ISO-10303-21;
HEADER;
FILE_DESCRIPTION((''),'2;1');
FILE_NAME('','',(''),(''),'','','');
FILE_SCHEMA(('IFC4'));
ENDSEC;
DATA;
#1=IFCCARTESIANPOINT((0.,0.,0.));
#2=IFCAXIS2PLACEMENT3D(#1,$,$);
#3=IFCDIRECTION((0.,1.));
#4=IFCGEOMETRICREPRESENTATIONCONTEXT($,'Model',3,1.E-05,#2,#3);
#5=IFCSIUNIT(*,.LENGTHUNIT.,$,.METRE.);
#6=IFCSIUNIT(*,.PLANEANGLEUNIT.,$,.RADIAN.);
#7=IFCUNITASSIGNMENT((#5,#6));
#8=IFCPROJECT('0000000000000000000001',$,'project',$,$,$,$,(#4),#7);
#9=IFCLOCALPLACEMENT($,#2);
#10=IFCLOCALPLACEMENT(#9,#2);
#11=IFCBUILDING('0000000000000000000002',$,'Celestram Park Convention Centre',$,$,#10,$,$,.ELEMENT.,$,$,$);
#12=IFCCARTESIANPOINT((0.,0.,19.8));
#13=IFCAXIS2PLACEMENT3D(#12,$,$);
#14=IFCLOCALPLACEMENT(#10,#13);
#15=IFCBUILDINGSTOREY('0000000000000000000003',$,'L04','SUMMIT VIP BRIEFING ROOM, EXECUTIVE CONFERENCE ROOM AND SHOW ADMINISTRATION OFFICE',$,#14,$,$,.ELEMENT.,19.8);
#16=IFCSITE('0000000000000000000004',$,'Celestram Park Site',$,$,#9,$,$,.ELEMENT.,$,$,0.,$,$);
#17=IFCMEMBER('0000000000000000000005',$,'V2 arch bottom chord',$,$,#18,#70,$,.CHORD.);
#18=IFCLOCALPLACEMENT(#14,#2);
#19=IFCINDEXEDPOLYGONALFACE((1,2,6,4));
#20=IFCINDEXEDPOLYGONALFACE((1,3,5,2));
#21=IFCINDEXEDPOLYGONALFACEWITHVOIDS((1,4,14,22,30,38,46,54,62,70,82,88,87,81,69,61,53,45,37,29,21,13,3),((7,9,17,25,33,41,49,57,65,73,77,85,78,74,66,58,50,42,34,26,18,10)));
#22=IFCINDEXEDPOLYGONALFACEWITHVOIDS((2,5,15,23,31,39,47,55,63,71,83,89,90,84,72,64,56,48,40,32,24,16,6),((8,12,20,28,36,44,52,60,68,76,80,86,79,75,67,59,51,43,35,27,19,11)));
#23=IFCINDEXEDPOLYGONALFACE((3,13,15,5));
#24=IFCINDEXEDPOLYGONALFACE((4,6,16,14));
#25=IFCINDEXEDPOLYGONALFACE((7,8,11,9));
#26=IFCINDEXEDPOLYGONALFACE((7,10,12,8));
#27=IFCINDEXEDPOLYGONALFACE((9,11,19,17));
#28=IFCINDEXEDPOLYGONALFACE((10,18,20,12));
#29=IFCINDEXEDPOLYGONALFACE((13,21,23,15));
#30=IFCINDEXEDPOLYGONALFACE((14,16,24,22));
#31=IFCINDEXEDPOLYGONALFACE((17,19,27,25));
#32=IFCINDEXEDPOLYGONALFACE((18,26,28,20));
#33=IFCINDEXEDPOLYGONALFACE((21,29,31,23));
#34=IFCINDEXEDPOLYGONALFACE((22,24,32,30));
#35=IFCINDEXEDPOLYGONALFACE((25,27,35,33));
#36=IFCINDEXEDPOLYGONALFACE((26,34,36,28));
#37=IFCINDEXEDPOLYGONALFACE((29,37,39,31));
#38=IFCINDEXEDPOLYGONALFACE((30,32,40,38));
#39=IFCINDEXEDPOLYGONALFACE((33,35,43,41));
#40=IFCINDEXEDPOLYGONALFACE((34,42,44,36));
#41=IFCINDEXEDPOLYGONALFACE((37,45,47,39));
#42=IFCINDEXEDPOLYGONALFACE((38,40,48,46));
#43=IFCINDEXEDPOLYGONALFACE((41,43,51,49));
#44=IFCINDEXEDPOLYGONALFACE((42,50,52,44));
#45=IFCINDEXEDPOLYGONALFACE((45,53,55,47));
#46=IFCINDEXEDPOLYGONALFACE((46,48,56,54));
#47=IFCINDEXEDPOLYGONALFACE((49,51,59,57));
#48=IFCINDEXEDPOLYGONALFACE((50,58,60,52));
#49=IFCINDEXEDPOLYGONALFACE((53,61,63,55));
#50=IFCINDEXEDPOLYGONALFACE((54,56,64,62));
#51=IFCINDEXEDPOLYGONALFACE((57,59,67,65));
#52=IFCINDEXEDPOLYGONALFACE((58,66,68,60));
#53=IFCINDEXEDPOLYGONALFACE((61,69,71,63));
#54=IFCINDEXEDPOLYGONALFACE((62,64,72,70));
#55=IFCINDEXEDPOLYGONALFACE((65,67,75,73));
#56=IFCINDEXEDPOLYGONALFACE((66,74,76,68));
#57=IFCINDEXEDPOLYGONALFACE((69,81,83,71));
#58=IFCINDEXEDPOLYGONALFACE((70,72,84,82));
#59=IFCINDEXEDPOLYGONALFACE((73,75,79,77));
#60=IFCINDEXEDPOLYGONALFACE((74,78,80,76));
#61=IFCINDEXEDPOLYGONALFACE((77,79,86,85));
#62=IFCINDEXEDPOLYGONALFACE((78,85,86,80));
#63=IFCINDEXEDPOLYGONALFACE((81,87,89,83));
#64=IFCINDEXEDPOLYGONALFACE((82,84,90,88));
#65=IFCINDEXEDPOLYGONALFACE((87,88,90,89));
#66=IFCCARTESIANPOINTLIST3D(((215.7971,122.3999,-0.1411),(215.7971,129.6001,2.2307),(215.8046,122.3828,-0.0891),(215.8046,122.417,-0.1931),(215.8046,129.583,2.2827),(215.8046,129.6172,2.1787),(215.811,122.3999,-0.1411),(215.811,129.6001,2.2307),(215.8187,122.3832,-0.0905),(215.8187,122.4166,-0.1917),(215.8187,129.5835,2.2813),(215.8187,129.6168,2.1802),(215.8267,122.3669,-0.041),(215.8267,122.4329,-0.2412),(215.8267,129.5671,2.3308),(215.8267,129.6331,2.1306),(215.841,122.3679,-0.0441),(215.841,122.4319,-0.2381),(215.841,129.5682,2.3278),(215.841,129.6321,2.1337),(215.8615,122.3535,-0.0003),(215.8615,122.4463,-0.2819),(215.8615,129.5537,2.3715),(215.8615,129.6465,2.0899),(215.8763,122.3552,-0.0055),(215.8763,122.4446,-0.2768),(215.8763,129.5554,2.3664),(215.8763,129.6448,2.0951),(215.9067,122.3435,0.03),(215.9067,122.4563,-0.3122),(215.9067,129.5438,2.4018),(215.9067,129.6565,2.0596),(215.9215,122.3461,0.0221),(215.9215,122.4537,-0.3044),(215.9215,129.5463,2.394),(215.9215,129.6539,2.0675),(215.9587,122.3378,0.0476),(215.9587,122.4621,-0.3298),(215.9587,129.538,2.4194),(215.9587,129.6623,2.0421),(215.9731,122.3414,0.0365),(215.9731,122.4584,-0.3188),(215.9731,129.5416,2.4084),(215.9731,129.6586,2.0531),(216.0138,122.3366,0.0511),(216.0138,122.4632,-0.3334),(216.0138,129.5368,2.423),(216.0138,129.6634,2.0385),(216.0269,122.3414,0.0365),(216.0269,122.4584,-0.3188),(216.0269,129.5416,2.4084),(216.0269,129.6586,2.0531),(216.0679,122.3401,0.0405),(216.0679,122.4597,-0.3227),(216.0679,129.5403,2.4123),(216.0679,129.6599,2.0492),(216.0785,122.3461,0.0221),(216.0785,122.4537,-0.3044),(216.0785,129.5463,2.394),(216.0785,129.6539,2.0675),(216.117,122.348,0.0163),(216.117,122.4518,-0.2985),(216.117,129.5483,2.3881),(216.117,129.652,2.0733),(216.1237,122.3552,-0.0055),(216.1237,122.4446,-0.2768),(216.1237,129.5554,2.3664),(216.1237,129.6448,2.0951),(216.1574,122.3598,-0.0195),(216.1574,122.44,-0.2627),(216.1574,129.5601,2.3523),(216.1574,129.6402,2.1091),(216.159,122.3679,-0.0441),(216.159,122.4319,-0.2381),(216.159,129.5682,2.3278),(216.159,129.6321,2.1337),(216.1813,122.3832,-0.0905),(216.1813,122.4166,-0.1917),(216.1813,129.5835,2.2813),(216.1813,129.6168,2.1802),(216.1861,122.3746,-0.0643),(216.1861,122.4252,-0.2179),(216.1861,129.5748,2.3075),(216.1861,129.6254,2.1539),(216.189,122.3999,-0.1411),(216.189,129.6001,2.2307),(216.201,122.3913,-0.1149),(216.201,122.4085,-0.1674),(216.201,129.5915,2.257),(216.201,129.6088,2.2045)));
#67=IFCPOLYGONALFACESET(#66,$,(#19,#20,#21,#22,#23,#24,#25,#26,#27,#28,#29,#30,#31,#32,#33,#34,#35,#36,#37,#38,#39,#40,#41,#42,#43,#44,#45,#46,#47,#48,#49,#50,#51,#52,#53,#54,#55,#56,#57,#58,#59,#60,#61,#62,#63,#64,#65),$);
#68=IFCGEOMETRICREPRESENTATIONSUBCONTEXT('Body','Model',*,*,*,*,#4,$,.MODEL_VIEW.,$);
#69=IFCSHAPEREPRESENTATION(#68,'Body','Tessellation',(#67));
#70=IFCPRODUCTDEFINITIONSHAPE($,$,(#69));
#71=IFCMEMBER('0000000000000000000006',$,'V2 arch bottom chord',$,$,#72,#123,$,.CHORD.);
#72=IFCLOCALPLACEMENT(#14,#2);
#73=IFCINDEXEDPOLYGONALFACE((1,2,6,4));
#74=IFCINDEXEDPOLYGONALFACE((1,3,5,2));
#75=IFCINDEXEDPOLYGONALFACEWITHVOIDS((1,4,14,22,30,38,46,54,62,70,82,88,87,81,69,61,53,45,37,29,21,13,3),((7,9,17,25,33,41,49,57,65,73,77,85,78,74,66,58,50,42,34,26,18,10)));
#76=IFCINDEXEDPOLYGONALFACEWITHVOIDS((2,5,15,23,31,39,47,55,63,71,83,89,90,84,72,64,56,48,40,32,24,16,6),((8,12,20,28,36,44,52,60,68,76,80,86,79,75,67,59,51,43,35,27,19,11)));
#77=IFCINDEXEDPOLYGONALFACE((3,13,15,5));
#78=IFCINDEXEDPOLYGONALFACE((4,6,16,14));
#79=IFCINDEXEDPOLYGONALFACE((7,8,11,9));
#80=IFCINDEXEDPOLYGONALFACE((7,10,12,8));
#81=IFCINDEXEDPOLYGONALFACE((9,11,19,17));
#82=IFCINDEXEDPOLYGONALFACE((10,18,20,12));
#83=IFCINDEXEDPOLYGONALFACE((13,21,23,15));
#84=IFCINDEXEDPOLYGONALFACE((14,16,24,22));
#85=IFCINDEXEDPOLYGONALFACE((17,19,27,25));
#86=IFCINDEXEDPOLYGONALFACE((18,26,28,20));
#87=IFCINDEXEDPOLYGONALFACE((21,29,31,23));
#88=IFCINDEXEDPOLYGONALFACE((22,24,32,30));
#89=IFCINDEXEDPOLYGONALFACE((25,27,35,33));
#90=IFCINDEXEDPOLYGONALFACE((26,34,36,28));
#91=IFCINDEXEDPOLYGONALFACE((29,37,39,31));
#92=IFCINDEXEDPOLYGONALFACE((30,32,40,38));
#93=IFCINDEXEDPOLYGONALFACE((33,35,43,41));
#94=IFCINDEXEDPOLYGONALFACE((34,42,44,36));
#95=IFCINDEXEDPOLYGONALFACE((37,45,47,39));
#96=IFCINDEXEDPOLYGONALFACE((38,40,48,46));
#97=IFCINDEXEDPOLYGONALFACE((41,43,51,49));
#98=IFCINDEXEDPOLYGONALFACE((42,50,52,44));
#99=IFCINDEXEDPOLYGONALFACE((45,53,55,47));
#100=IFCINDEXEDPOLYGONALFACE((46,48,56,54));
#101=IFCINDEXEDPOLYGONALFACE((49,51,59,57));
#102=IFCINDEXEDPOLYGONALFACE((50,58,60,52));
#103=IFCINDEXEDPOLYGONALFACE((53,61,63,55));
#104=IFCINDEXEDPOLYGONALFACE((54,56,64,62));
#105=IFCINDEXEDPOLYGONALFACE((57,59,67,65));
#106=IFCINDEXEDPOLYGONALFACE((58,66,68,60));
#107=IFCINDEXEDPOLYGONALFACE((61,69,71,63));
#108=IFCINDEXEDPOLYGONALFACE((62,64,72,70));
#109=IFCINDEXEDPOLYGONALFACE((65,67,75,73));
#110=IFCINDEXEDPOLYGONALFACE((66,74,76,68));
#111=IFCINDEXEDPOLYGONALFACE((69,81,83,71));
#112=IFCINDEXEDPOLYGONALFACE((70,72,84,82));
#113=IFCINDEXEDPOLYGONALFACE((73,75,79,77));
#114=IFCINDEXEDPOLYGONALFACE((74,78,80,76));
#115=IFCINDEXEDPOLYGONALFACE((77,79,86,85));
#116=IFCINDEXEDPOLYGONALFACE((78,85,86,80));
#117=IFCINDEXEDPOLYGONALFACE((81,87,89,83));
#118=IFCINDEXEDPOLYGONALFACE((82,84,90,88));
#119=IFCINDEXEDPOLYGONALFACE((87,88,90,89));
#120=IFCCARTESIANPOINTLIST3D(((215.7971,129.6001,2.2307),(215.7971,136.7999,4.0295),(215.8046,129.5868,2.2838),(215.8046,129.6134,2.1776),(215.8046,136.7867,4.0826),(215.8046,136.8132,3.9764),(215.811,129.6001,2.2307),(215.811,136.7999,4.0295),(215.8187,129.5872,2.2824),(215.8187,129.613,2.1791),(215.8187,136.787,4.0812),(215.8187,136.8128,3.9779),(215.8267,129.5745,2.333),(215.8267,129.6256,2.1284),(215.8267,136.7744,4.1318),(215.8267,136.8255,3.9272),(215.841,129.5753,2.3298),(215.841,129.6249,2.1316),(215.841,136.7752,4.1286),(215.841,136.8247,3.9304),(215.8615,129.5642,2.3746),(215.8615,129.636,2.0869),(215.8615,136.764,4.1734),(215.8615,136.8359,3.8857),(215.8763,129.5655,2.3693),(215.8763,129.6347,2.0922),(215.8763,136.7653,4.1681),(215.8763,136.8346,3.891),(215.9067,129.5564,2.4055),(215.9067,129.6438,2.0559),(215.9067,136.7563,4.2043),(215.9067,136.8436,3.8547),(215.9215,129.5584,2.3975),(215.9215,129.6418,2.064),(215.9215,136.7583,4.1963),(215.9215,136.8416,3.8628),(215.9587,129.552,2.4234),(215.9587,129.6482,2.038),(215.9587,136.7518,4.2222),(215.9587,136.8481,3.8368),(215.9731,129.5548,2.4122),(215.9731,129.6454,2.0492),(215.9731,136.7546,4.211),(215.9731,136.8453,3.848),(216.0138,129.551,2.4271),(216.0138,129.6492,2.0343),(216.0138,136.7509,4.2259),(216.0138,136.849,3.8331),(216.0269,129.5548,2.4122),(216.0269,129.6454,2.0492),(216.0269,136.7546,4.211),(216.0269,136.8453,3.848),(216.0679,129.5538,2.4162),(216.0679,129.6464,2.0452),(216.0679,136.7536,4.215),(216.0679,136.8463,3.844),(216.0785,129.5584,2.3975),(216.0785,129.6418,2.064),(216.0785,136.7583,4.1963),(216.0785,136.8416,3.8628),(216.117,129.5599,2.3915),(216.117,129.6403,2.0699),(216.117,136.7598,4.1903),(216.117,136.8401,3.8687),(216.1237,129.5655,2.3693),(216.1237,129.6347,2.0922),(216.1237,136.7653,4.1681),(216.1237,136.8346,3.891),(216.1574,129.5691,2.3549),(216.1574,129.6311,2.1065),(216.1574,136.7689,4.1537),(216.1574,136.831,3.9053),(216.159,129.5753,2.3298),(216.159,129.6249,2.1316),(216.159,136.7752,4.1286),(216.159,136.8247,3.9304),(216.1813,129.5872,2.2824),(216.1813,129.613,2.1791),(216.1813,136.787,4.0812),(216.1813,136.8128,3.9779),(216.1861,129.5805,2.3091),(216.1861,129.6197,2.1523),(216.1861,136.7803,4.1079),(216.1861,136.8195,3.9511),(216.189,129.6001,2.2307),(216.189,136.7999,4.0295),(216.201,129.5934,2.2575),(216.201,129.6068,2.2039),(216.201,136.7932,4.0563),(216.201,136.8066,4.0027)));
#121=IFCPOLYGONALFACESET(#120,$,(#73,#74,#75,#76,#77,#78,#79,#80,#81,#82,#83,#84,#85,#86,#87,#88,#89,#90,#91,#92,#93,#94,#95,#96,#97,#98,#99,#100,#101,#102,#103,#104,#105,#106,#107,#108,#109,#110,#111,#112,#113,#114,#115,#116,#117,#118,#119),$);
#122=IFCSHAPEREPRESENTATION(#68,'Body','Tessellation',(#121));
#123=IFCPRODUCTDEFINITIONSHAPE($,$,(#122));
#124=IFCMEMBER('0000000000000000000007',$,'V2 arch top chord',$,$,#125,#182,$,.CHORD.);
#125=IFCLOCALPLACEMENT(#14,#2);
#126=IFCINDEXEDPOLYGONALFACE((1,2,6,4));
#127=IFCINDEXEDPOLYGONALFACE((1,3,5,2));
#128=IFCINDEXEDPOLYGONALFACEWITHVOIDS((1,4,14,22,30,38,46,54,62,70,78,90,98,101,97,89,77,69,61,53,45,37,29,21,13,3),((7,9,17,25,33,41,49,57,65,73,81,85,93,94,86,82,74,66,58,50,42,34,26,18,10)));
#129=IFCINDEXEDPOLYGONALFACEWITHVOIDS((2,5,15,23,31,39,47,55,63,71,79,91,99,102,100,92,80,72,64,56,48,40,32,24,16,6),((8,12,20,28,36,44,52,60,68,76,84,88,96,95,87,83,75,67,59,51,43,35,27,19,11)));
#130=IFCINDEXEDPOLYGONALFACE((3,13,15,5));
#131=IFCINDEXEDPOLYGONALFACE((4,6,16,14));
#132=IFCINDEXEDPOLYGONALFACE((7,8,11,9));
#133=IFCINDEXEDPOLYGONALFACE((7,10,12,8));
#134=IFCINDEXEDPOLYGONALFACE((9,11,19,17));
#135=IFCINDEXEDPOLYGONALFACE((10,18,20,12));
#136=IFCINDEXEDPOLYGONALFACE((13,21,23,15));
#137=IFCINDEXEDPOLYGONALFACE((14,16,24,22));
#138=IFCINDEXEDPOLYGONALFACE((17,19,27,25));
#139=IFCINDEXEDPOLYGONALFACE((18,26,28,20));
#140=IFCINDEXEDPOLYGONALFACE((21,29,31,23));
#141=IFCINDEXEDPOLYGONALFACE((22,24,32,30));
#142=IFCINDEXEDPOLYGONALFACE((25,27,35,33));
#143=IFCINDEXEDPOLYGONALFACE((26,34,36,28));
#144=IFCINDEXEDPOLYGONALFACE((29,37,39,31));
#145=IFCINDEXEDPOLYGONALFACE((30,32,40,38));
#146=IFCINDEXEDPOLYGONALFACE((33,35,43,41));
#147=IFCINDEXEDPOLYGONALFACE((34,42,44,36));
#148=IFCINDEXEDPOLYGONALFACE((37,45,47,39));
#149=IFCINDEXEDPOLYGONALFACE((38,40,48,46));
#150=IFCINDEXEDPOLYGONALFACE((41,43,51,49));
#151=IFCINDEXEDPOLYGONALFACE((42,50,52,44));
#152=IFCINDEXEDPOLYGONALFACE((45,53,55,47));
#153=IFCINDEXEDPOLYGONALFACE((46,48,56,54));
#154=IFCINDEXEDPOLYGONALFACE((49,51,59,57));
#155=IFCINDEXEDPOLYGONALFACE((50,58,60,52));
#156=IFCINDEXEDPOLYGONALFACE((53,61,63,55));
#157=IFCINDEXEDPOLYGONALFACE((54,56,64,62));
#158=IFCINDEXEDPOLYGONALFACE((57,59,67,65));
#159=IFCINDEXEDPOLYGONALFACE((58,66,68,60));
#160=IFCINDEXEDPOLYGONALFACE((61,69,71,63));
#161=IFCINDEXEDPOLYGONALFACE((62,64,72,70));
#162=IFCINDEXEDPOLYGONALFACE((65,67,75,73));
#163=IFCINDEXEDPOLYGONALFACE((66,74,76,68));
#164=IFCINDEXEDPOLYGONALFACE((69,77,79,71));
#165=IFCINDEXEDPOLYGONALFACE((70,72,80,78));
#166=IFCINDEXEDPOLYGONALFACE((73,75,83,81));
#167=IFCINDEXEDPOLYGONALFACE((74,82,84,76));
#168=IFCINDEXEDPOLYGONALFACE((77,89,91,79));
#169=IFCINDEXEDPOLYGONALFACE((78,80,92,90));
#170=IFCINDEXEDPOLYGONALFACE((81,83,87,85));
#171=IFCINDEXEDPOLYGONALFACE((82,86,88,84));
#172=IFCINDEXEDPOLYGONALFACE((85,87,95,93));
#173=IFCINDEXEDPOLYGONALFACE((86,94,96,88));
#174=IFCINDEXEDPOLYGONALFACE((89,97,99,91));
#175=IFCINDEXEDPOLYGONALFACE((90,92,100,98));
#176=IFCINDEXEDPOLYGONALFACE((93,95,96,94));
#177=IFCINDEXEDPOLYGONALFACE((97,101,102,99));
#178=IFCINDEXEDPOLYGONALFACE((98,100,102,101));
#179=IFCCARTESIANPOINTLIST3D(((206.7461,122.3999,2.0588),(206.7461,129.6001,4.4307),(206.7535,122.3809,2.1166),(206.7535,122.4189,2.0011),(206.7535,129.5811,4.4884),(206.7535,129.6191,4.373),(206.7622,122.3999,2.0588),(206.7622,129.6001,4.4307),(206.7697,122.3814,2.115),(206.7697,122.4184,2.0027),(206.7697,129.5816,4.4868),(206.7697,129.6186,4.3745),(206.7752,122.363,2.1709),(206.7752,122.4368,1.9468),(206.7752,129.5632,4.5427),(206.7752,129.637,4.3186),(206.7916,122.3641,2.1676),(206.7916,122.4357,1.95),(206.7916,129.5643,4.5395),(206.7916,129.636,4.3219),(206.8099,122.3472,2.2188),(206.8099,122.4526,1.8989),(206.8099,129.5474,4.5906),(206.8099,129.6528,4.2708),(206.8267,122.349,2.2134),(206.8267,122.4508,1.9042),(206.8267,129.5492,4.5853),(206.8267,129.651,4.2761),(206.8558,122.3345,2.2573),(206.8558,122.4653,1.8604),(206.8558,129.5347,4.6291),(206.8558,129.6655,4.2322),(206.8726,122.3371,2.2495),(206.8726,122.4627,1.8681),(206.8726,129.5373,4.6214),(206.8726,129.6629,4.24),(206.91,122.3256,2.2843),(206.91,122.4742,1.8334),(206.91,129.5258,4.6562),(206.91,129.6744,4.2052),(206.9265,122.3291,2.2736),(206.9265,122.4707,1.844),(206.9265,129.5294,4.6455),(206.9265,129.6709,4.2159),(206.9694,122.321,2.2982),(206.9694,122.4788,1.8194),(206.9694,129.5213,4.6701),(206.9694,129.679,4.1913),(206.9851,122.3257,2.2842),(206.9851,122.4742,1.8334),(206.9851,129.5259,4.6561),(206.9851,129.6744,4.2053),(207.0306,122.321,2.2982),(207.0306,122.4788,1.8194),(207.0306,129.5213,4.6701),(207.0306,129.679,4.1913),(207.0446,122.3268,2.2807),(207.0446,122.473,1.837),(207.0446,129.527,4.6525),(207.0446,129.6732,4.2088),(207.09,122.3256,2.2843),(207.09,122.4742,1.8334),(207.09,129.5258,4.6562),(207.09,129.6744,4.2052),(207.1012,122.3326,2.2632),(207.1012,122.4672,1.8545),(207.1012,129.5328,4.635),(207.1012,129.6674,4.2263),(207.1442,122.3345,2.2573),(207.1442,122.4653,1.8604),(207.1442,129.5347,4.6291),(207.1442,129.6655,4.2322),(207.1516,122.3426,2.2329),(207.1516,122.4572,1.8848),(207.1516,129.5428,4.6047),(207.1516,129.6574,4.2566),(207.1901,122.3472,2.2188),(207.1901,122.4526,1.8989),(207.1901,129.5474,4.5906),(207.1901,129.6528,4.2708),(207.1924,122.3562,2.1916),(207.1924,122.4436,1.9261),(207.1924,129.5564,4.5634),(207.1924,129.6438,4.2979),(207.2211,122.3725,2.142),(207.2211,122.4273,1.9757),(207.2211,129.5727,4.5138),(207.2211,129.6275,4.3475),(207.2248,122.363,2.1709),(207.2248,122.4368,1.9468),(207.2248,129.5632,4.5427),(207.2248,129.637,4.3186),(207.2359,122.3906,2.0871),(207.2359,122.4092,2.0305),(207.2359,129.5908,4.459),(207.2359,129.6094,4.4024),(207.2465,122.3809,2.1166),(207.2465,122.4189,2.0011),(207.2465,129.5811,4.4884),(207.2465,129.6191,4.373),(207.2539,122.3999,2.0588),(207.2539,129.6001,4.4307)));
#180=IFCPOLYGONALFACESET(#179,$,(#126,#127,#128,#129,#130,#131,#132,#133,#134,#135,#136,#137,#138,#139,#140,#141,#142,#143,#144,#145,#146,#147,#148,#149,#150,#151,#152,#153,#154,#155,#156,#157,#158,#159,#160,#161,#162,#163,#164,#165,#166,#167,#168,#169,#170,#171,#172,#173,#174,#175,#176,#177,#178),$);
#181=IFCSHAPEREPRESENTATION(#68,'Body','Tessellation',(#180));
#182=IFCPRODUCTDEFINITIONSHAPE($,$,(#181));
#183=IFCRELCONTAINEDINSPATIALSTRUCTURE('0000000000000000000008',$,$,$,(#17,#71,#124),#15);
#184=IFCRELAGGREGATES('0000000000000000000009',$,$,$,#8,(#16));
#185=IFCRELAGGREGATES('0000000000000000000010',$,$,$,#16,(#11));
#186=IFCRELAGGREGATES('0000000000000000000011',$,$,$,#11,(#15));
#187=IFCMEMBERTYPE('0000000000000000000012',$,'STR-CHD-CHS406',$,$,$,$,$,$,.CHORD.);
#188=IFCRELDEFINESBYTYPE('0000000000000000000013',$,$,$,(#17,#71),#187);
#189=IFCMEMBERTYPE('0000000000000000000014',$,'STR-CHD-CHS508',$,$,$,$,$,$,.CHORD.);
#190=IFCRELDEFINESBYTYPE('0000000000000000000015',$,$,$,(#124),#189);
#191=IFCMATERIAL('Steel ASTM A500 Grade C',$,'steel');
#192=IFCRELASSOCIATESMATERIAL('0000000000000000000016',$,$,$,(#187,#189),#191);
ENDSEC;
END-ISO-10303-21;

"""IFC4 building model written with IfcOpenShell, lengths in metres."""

from ifc_helpers import new_model, si_unit, direction, frame, origin, origin_2d, place, context, subcontext, project, spatial, hollow_circle, extrude, material, material_profile, profile_set, type_object, element, save


model = new_model("IFC4")

# Units and contexts
model_context = context("Model", 3, precision=1e-05, world=origin(), true_north=direction((0.0, 1.0)))
body_context = subcontext(model_context, "Body", "Model", "MODEL_VIEW")
ifc_project = project(units=[si_unit("LENGTHUNIT", "METRE"), si_unit("PLANEANGLEUNIT", "RADIAN")], contexts=[model_context])

# Site, building, storey
site_placement = place(None, origin())
site = spatial("IfcSite", under=ifc_project, at=site_placement, Name="Celestram Park Site", CompositionType="ELEMENT", RefElevation=0.0)
building_placement = place(site_placement, origin())
building = spatial("IfcBuilding", under=site, at=building_placement, Name="Celestram Park Convention Centre", CompositionType="ELEMENT")
storey_placement = place(building_placement, frame((0.0, 0.0, 19.8)))
storey = spatial("IfcBuildingStorey", under=building, at=storey_placement, Name="L04", Description="SUMMIT VIP BRIEFING ROOM, EXECUTIVE CONFERENCE ROOM AND SHOW ADMINISTRATION OFFICE", CompositionType="ELEMENT", Elevation=19.8)

# Members
ifc_material_1 = material(Name="Steel ASTM A500 Grade C", Category="steel")
ifc_material_profile_1 = material_profile(ifc_material_1, hollow_circle(Radius=0.2029, WallThickness=0.0139, at=origin_2d()), Name="CHS406X14")
ifc_profile_set_1 = profile_set([ifc_material_profile_1], Name="Steel ASTM A500 Grade C")
member_type_1 = type_object("IfcMemberType", Name="STR-CHD-CHS406", PredefinedType="CHORD", material=ifc_profile_set_1)
member_1_placement = place(storey_placement, frame((216.0, 122.3999, -0.1411), z_axis=(0.0, 0.949795, 0.312873), x_axis=(-1.0, 0.0, 0.0)))
element("IfcMember", 1, at=member_1_placement, inside=storey, type_object=member_type_1, Name="V2 arch bottom chord", PredefinedType="CHORD", context=body_context, shape_type="SweptSolid", body=[
    extrude(hollow_circle(Radius=0.2029, WallThickness=0.0139, at=origin_2d()), origin(), (0.0, 0.0, 1.0), 7.5808),
])
member_2_placement = place(storey_placement, frame((216.0, 129.6001, 2.2307), z_axis=(0.0, 0.970179, 0.242389), x_axis=(-1.0, 0.0, 0.0)))
element("IfcMember", 2, at=member_2_placement, inside=storey, type_object=member_type_1, Name="V2 arch bottom chord", PredefinedType="CHORD", context=body_context, shape_type="SweptSolid", body=[
    extrude(hollow_circle(Radius=0.2029, WallThickness=0.0139, at=origin_2d()), origin(), (0.0, 0.0, 1.0), 7.4211),
])
ifc_material_profile_2 = material_profile(ifc_material_1, hollow_circle(Radius=0.2539, WallThickness=0.0161, at=origin_2d()), Name="CHS508X16")
ifc_profile_set_2 = profile_set([ifc_material_profile_2], Name="Steel ASTM A500 Grade C")
member_type_2 = type_object("IfcMemberType", Name="STR-CHD-CHS508", PredefinedType="CHORD", material=ifc_profile_set_2)
member_3_placement = place(storey_placement, frame((207.0, 122.3999, 2.0588), z_axis=(0.0, 0.949795, 0.312873), x_axis=(-1.0, 0.0, 0.0)))
element("IfcMember", 3, at=member_3_placement, inside=storey, type_object=member_type_2, Name="V2 arch top chord", PredefinedType="CHORD", context=body_context, shape_type="SweptSolid", body=[
    extrude(hollow_circle(Radius=0.2539, WallThickness=0.0161, at=origin_2d()), origin(), (0.0, 0.0, 1.0), 7.5808),
])

save(model, "model.ifc")
